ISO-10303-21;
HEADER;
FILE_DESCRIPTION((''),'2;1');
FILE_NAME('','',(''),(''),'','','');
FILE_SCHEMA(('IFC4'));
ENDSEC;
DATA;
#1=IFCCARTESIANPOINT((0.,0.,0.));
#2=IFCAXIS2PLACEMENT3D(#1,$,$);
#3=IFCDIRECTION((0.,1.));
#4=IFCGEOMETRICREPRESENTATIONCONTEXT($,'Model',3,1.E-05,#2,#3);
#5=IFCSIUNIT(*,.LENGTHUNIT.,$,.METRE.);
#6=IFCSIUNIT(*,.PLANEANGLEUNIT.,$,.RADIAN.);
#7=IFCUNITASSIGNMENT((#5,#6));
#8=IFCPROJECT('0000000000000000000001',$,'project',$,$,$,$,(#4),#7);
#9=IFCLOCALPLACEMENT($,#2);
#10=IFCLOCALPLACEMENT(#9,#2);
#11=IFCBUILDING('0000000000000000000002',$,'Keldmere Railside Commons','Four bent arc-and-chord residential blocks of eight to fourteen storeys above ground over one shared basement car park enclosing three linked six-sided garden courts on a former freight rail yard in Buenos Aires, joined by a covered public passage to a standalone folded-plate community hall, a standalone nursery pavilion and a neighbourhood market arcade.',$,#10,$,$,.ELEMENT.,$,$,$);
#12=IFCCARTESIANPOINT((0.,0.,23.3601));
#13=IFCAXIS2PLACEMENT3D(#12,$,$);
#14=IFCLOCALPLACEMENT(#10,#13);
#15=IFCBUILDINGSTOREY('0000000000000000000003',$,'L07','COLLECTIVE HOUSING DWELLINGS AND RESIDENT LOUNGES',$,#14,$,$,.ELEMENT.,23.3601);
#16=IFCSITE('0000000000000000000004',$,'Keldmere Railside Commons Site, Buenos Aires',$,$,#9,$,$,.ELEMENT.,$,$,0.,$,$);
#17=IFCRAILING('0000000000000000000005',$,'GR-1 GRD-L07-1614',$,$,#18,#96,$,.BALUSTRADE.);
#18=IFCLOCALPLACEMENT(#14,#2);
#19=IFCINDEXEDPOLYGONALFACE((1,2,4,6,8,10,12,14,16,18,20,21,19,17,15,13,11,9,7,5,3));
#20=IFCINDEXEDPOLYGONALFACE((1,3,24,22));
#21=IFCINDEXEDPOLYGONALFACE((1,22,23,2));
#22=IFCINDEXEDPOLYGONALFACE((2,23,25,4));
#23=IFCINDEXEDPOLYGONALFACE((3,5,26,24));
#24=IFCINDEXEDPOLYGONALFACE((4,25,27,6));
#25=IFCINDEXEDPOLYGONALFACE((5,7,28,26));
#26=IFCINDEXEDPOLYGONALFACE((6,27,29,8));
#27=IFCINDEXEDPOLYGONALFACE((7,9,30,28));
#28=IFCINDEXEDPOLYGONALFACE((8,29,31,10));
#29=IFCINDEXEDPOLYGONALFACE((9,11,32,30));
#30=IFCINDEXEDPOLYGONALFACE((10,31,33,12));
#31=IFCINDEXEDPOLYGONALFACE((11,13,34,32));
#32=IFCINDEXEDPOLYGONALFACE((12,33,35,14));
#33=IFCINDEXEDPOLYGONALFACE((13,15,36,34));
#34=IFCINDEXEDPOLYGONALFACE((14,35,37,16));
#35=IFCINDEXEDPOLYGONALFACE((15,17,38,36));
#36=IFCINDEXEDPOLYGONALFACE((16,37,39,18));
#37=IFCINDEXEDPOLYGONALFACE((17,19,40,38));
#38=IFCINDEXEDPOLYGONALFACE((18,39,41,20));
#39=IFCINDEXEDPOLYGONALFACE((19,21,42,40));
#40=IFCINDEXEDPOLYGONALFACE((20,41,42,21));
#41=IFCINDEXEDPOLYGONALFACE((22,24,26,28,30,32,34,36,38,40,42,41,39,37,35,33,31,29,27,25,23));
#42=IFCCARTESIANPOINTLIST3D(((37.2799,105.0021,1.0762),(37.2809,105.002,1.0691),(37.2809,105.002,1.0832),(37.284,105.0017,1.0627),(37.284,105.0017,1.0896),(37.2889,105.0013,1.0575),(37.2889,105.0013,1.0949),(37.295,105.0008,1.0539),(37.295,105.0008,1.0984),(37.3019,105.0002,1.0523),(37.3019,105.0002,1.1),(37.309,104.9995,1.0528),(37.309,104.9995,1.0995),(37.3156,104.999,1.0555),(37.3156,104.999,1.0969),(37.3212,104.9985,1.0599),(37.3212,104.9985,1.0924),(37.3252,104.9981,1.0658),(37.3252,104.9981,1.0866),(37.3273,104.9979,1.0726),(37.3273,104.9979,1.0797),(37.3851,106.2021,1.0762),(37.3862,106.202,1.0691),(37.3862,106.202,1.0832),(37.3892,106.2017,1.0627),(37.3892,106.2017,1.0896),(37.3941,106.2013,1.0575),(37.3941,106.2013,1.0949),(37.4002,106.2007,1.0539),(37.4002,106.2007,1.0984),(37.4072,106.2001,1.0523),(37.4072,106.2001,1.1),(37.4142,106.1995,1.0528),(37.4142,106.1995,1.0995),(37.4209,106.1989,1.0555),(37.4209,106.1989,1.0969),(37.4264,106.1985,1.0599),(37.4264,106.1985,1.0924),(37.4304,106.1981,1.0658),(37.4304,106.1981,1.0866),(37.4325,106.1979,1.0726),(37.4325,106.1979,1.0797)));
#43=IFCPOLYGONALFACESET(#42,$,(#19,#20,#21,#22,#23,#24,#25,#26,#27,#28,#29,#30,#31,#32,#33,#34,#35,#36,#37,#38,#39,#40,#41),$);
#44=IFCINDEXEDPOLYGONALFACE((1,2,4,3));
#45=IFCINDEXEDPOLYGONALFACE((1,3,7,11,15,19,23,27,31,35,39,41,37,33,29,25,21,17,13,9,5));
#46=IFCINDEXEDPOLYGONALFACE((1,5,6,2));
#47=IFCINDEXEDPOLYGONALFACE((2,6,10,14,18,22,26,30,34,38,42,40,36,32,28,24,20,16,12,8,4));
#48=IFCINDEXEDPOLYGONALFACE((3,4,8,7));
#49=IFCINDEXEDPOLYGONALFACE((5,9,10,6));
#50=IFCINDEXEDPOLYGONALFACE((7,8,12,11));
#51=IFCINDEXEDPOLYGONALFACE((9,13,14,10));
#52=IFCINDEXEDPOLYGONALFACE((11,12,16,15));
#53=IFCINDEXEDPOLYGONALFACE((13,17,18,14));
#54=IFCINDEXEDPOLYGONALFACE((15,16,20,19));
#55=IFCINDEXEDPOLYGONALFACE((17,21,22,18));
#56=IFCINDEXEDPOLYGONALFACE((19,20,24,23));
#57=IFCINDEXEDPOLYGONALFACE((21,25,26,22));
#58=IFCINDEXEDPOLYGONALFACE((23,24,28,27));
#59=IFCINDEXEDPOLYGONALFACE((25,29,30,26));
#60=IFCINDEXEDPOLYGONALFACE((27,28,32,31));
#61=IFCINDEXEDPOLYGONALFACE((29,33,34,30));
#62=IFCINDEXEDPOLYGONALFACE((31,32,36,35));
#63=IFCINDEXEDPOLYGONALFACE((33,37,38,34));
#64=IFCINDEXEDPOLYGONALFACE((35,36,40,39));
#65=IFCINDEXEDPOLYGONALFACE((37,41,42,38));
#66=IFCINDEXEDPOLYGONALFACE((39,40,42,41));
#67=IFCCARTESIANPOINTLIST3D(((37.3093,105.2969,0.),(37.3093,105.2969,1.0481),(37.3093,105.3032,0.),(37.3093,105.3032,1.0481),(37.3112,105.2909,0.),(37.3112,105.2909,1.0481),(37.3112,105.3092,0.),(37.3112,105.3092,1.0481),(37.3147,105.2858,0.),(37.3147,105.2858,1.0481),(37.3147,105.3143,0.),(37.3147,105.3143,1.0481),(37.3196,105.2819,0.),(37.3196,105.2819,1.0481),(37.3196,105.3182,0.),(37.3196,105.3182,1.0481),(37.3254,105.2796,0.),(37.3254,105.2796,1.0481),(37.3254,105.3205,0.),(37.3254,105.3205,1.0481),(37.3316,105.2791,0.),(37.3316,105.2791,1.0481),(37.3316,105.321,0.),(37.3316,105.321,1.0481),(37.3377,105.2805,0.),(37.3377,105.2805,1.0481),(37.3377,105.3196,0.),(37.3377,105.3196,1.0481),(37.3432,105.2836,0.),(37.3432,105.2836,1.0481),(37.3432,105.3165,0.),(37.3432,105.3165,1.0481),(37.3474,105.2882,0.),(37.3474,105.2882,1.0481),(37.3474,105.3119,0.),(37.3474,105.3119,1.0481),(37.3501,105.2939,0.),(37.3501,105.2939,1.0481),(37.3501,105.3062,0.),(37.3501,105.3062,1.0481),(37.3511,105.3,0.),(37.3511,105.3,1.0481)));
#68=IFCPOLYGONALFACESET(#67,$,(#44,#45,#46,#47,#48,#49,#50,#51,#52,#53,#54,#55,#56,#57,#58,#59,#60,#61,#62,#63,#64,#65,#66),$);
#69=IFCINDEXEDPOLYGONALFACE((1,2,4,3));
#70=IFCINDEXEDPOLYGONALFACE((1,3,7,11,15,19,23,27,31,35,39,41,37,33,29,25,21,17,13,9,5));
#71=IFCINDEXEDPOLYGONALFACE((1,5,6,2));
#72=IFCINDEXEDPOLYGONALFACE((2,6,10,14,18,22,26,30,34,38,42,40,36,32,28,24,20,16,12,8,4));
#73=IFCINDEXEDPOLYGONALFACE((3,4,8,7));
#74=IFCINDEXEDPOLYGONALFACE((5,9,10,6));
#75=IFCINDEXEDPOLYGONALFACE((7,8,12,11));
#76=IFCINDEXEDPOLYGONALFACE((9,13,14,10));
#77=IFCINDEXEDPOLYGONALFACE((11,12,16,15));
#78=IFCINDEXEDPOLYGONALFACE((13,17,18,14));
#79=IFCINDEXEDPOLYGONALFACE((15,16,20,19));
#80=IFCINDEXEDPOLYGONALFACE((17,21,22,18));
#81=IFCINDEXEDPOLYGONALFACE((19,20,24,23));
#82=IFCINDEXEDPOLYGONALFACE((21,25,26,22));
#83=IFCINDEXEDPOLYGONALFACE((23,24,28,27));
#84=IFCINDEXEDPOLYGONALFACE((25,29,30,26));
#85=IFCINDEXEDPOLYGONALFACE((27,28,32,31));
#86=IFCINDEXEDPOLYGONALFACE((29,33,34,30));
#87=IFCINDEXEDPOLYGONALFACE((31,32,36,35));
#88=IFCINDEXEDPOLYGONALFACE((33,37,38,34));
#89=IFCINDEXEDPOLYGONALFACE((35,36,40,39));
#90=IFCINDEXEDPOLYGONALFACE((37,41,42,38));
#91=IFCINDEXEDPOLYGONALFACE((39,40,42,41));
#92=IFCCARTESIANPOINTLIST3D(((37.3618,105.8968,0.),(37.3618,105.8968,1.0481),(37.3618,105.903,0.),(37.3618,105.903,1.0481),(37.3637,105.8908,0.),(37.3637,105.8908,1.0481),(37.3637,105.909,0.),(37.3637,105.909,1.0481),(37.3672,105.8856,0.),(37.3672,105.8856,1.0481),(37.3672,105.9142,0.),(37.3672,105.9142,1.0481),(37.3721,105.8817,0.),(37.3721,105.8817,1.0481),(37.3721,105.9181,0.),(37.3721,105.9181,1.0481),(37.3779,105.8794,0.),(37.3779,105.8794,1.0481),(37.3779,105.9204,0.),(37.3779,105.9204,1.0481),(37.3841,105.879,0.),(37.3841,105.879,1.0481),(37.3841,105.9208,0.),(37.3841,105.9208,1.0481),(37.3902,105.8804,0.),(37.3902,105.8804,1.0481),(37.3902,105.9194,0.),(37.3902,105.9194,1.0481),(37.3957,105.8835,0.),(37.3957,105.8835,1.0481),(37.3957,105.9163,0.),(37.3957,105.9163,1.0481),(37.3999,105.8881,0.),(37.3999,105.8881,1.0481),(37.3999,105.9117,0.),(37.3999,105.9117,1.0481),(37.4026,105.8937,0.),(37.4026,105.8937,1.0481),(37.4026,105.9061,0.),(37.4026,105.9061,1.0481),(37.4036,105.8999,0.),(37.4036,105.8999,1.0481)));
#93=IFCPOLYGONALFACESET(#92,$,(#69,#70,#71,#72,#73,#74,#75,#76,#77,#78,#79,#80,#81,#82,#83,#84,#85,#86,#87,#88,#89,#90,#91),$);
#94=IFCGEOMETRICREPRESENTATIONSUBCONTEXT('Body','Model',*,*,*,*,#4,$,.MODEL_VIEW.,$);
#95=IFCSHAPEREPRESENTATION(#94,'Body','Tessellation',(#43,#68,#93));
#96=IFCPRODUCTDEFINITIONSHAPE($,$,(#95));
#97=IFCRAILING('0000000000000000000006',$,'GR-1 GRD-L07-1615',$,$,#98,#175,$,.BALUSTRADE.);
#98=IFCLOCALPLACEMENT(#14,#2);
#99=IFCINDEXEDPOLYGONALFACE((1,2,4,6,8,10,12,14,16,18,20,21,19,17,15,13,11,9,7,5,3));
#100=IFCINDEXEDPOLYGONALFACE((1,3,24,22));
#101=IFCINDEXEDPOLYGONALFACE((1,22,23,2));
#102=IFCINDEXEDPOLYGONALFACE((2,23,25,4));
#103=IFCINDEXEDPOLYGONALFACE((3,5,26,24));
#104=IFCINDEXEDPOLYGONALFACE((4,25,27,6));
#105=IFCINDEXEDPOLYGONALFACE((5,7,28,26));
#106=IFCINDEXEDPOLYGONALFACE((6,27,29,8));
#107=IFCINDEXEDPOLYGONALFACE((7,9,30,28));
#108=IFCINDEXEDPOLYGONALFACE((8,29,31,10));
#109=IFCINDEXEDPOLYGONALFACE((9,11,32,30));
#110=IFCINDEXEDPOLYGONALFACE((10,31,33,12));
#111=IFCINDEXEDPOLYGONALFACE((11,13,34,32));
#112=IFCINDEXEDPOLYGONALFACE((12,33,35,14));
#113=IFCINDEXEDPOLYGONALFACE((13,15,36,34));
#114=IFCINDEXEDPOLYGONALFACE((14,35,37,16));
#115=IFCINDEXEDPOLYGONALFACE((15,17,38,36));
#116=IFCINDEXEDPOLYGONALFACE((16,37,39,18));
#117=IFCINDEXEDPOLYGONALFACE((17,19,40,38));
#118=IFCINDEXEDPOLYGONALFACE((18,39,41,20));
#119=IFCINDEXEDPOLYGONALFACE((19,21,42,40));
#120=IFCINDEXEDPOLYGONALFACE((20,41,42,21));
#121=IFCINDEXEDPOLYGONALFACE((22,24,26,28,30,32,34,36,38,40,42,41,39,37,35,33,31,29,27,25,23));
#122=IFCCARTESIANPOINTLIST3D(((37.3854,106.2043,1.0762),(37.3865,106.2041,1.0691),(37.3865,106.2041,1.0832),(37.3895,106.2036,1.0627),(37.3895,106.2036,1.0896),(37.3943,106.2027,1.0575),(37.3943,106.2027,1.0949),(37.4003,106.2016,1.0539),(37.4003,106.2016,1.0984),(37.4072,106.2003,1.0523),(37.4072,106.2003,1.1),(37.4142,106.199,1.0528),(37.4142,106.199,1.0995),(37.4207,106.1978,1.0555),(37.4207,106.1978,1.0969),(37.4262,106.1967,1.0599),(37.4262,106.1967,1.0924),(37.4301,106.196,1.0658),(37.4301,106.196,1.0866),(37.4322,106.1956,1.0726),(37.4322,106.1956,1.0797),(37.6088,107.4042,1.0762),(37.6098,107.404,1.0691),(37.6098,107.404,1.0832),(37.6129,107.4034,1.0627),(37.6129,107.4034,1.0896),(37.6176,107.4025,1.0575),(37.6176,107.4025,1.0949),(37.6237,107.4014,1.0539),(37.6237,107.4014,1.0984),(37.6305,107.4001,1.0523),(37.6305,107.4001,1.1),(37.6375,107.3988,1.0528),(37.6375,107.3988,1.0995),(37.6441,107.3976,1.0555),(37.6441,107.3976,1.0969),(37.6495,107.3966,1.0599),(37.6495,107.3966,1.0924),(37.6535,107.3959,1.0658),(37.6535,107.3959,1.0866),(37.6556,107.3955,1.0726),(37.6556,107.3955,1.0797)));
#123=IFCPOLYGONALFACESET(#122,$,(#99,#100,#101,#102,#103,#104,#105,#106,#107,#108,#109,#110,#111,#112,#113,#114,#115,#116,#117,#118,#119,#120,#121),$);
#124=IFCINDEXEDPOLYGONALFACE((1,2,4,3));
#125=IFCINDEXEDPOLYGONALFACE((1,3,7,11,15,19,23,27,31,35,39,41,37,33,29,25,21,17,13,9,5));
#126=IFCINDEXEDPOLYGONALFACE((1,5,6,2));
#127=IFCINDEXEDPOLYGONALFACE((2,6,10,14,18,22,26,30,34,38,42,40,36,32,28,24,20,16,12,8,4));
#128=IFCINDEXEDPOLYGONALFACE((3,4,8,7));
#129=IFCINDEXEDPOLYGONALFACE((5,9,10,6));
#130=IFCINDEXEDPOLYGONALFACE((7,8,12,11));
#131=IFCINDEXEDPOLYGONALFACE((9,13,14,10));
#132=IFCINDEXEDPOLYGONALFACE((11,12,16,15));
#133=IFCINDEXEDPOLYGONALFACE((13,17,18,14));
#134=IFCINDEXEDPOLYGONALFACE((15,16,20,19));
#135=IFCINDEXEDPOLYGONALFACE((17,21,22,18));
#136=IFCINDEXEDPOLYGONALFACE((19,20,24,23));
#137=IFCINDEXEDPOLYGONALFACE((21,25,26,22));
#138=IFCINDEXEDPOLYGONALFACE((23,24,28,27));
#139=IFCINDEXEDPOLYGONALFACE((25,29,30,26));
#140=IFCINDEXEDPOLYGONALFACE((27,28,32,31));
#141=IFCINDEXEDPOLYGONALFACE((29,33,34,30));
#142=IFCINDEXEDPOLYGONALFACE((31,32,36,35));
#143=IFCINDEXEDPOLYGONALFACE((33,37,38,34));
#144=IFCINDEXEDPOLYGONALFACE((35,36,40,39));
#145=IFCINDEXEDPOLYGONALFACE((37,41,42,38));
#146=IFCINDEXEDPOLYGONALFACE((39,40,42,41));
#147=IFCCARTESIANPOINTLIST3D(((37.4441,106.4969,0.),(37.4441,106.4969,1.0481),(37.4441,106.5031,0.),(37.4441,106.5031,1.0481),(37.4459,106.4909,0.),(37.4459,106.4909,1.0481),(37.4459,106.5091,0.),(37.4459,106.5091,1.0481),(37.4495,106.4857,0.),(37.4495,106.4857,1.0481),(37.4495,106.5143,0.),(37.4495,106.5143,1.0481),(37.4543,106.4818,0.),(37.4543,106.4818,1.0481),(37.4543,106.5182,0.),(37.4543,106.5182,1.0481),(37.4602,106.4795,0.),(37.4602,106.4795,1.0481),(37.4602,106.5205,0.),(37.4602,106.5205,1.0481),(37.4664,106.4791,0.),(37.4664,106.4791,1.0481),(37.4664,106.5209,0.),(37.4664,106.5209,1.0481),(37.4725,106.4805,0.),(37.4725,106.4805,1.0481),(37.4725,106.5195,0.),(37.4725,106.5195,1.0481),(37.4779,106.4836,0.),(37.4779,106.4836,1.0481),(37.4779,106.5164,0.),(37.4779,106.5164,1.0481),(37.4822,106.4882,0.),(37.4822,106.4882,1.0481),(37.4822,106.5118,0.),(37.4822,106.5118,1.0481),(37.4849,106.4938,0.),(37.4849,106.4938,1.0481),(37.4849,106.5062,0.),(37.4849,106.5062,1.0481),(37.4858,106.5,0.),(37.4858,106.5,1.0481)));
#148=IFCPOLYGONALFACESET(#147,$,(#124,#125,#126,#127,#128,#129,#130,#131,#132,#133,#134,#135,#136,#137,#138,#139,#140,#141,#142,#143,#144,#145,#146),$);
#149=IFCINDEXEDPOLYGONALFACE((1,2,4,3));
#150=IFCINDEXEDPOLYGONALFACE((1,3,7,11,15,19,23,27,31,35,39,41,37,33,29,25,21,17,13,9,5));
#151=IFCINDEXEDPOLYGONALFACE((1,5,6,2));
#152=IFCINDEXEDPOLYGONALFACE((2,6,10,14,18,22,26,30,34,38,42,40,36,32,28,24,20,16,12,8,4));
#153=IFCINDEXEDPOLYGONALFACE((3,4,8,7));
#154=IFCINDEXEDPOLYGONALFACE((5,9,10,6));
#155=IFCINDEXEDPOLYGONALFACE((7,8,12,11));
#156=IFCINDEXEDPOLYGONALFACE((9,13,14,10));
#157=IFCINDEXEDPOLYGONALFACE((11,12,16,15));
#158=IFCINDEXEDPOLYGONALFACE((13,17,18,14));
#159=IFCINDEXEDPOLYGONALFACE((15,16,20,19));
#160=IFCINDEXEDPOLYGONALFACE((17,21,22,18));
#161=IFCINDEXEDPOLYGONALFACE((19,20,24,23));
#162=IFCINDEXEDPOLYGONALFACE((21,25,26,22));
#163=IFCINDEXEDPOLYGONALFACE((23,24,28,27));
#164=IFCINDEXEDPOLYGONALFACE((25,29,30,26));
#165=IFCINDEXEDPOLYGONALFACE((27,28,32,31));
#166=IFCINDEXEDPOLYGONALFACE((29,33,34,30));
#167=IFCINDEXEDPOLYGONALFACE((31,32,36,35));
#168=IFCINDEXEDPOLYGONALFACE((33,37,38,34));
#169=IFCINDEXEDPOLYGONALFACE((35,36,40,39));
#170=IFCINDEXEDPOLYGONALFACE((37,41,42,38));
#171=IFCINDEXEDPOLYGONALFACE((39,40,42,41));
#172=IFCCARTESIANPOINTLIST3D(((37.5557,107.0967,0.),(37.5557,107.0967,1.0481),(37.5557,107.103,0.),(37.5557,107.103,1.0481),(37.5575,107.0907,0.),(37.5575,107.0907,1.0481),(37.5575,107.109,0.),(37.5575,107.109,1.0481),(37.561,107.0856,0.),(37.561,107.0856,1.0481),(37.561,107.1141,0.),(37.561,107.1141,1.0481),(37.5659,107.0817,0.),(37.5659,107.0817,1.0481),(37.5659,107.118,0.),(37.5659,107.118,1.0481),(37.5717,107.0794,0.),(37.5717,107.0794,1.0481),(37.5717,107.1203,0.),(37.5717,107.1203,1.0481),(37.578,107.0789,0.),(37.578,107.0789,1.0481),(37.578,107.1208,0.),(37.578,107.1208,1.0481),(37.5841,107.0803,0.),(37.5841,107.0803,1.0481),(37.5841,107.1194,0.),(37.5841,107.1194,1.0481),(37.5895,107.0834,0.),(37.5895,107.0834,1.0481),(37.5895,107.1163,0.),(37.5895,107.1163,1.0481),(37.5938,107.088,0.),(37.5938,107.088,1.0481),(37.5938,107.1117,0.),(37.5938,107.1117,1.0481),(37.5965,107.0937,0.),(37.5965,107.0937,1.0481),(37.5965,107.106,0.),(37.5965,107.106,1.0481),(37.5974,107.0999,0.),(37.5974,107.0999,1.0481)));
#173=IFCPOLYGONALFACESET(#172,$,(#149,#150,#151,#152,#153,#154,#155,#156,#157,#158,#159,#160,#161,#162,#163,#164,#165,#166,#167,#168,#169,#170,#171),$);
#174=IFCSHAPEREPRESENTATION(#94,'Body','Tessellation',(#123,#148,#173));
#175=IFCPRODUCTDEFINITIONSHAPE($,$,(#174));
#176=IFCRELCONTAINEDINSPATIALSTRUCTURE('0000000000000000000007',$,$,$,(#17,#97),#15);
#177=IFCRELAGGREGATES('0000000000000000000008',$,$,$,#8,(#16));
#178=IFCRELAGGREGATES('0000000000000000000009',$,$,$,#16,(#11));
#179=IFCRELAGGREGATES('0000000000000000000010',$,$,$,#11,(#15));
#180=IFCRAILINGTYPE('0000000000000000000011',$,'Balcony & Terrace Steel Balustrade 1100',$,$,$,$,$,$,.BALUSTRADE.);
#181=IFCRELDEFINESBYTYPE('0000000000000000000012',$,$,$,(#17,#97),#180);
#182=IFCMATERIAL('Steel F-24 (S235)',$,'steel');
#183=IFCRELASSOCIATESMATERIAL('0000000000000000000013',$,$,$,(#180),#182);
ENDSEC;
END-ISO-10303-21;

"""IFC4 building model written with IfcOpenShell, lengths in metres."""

from ifc_helpers import new_model, si_unit, direction, frame, origin, origin_2d, place, context, subcontext, project, spatial, circle, extrude, material, type_object, element, save


model = new_model("IFC4")

# Units and contexts
model_context = context("Model", 3, precision=1e-05, world=origin(), true_north=direction((0.0, 1.0)))
body_context = subcontext(model_context, "Body", "Model", "MODEL_VIEW")
ifc_project = project(units=[si_unit("LENGTHUNIT", "METRE"), si_unit("PLANEANGLEUNIT", "RADIAN")], contexts=[model_context])

# Site, building, storey
site_placement = place(None, origin())
site = spatial("IfcSite", under=ifc_project, at=site_placement, Name="Keldmere Railside Commons Site, Buenos Aires", CompositionType="ELEMENT", RefElevation=0.0)
building_placement = place(site_placement, origin())
building = spatial("IfcBuilding", under=site, at=building_placement, Name="Keldmere Railside Commons", Description="Four bent arc-and-chord residential blocks of eight to fourteen storeys above ground over one shared basement car park enclosing three linked six-sided garden courts on a former freight rail yard in Buenos Aires, joined by a covered public passage to a standalone folded-plate community hall, a standalone nursery pavilion and a neighbourhood market arcade.", CompositionType="ELEMENT")
storey_placement = place(building_placement, frame((0.0, 0.0, 23.3601)))
storey = spatial("IfcBuildingStorey", under=building, at=storey_placement, Name="L07", Description="COLLECTIVE HOUSING DWELLINGS AND RESIDENT LOUNGES", CompositionType="ELEMENT", Elevation=23.3601)

# Shared definitions
ifc_material_1 = material(Name="Steel F-24 (S235)", Category="steel")

# Railings
railing_type_1 = type_object("IfcRailingType", Name="Balcony & Terrace Steel Balustrade 1100", PredefinedType="BALUSTRADE", material=ifc_material_1)
railing_1_placement = place(storey_placement, frame((37.3037, 105.0, 0.0)))
element("IfcRailing", 1, at=railing_1_placement, inside=storey, type_object=railing_type_1, Name="GR-1 GRD-L07-1614", PredefinedType="BALUSTRADE", context=body_context, shape_type="SweptSolid", body=[
    extrude(circle(Radius=0.0239, at=origin_2d()), frame((0.0, 0.0, 1.0762), z_axis=(0.087356, 0.996177, 0.0), x_axis=(-0.996177, 0.087356, 0.0)), (0.0, 0.0, 1.0), 1.2046),
    extrude(circle(Radius=0.021, at=origin_2d()), frame((0.0264, 0.3, 0.0)), (0.0, 0.0, 1.0), 1.0481),
    extrude(circle(Radius=0.021, at=origin_2d()), frame((0.0789, 0.8999, 0.0)), (0.0, 0.0, 1.0), 1.0481),
])
railing_2_placement = place(storey_placement, frame((37.4089, 106.2, 0.0)))
element("IfcRailing", 2, at=railing_2_placement, inside=storey, type_object=railing_type_1, Name="GR-1 GRD-L07-1615", PredefinedType="BALUSTRADE", context=body_context, shape_type="SweptSolid", body=[
    extrude(circle(Radius=0.0239, at=origin_2d()), frame((0.0, 0.0, 1.0762), z_axis=(0.18302, 0.983109, 0.0), x_axis=(-0.983109, 0.18302, 0.0)), (0.0, 0.0, 1.0), 1.2205),
    extrude(circle(Radius=0.021, at=origin_2d()), frame((0.0559, 0.3, 0.0)), (0.0, 0.0, 1.0), 1.0481),
    extrude(circle(Radius=0.021, at=origin_2d()), frame((0.1675, 0.8999, 0.0)), (0.0, 0.0, 1.0), 1.0481),
])

save(model, "model.ifc")
